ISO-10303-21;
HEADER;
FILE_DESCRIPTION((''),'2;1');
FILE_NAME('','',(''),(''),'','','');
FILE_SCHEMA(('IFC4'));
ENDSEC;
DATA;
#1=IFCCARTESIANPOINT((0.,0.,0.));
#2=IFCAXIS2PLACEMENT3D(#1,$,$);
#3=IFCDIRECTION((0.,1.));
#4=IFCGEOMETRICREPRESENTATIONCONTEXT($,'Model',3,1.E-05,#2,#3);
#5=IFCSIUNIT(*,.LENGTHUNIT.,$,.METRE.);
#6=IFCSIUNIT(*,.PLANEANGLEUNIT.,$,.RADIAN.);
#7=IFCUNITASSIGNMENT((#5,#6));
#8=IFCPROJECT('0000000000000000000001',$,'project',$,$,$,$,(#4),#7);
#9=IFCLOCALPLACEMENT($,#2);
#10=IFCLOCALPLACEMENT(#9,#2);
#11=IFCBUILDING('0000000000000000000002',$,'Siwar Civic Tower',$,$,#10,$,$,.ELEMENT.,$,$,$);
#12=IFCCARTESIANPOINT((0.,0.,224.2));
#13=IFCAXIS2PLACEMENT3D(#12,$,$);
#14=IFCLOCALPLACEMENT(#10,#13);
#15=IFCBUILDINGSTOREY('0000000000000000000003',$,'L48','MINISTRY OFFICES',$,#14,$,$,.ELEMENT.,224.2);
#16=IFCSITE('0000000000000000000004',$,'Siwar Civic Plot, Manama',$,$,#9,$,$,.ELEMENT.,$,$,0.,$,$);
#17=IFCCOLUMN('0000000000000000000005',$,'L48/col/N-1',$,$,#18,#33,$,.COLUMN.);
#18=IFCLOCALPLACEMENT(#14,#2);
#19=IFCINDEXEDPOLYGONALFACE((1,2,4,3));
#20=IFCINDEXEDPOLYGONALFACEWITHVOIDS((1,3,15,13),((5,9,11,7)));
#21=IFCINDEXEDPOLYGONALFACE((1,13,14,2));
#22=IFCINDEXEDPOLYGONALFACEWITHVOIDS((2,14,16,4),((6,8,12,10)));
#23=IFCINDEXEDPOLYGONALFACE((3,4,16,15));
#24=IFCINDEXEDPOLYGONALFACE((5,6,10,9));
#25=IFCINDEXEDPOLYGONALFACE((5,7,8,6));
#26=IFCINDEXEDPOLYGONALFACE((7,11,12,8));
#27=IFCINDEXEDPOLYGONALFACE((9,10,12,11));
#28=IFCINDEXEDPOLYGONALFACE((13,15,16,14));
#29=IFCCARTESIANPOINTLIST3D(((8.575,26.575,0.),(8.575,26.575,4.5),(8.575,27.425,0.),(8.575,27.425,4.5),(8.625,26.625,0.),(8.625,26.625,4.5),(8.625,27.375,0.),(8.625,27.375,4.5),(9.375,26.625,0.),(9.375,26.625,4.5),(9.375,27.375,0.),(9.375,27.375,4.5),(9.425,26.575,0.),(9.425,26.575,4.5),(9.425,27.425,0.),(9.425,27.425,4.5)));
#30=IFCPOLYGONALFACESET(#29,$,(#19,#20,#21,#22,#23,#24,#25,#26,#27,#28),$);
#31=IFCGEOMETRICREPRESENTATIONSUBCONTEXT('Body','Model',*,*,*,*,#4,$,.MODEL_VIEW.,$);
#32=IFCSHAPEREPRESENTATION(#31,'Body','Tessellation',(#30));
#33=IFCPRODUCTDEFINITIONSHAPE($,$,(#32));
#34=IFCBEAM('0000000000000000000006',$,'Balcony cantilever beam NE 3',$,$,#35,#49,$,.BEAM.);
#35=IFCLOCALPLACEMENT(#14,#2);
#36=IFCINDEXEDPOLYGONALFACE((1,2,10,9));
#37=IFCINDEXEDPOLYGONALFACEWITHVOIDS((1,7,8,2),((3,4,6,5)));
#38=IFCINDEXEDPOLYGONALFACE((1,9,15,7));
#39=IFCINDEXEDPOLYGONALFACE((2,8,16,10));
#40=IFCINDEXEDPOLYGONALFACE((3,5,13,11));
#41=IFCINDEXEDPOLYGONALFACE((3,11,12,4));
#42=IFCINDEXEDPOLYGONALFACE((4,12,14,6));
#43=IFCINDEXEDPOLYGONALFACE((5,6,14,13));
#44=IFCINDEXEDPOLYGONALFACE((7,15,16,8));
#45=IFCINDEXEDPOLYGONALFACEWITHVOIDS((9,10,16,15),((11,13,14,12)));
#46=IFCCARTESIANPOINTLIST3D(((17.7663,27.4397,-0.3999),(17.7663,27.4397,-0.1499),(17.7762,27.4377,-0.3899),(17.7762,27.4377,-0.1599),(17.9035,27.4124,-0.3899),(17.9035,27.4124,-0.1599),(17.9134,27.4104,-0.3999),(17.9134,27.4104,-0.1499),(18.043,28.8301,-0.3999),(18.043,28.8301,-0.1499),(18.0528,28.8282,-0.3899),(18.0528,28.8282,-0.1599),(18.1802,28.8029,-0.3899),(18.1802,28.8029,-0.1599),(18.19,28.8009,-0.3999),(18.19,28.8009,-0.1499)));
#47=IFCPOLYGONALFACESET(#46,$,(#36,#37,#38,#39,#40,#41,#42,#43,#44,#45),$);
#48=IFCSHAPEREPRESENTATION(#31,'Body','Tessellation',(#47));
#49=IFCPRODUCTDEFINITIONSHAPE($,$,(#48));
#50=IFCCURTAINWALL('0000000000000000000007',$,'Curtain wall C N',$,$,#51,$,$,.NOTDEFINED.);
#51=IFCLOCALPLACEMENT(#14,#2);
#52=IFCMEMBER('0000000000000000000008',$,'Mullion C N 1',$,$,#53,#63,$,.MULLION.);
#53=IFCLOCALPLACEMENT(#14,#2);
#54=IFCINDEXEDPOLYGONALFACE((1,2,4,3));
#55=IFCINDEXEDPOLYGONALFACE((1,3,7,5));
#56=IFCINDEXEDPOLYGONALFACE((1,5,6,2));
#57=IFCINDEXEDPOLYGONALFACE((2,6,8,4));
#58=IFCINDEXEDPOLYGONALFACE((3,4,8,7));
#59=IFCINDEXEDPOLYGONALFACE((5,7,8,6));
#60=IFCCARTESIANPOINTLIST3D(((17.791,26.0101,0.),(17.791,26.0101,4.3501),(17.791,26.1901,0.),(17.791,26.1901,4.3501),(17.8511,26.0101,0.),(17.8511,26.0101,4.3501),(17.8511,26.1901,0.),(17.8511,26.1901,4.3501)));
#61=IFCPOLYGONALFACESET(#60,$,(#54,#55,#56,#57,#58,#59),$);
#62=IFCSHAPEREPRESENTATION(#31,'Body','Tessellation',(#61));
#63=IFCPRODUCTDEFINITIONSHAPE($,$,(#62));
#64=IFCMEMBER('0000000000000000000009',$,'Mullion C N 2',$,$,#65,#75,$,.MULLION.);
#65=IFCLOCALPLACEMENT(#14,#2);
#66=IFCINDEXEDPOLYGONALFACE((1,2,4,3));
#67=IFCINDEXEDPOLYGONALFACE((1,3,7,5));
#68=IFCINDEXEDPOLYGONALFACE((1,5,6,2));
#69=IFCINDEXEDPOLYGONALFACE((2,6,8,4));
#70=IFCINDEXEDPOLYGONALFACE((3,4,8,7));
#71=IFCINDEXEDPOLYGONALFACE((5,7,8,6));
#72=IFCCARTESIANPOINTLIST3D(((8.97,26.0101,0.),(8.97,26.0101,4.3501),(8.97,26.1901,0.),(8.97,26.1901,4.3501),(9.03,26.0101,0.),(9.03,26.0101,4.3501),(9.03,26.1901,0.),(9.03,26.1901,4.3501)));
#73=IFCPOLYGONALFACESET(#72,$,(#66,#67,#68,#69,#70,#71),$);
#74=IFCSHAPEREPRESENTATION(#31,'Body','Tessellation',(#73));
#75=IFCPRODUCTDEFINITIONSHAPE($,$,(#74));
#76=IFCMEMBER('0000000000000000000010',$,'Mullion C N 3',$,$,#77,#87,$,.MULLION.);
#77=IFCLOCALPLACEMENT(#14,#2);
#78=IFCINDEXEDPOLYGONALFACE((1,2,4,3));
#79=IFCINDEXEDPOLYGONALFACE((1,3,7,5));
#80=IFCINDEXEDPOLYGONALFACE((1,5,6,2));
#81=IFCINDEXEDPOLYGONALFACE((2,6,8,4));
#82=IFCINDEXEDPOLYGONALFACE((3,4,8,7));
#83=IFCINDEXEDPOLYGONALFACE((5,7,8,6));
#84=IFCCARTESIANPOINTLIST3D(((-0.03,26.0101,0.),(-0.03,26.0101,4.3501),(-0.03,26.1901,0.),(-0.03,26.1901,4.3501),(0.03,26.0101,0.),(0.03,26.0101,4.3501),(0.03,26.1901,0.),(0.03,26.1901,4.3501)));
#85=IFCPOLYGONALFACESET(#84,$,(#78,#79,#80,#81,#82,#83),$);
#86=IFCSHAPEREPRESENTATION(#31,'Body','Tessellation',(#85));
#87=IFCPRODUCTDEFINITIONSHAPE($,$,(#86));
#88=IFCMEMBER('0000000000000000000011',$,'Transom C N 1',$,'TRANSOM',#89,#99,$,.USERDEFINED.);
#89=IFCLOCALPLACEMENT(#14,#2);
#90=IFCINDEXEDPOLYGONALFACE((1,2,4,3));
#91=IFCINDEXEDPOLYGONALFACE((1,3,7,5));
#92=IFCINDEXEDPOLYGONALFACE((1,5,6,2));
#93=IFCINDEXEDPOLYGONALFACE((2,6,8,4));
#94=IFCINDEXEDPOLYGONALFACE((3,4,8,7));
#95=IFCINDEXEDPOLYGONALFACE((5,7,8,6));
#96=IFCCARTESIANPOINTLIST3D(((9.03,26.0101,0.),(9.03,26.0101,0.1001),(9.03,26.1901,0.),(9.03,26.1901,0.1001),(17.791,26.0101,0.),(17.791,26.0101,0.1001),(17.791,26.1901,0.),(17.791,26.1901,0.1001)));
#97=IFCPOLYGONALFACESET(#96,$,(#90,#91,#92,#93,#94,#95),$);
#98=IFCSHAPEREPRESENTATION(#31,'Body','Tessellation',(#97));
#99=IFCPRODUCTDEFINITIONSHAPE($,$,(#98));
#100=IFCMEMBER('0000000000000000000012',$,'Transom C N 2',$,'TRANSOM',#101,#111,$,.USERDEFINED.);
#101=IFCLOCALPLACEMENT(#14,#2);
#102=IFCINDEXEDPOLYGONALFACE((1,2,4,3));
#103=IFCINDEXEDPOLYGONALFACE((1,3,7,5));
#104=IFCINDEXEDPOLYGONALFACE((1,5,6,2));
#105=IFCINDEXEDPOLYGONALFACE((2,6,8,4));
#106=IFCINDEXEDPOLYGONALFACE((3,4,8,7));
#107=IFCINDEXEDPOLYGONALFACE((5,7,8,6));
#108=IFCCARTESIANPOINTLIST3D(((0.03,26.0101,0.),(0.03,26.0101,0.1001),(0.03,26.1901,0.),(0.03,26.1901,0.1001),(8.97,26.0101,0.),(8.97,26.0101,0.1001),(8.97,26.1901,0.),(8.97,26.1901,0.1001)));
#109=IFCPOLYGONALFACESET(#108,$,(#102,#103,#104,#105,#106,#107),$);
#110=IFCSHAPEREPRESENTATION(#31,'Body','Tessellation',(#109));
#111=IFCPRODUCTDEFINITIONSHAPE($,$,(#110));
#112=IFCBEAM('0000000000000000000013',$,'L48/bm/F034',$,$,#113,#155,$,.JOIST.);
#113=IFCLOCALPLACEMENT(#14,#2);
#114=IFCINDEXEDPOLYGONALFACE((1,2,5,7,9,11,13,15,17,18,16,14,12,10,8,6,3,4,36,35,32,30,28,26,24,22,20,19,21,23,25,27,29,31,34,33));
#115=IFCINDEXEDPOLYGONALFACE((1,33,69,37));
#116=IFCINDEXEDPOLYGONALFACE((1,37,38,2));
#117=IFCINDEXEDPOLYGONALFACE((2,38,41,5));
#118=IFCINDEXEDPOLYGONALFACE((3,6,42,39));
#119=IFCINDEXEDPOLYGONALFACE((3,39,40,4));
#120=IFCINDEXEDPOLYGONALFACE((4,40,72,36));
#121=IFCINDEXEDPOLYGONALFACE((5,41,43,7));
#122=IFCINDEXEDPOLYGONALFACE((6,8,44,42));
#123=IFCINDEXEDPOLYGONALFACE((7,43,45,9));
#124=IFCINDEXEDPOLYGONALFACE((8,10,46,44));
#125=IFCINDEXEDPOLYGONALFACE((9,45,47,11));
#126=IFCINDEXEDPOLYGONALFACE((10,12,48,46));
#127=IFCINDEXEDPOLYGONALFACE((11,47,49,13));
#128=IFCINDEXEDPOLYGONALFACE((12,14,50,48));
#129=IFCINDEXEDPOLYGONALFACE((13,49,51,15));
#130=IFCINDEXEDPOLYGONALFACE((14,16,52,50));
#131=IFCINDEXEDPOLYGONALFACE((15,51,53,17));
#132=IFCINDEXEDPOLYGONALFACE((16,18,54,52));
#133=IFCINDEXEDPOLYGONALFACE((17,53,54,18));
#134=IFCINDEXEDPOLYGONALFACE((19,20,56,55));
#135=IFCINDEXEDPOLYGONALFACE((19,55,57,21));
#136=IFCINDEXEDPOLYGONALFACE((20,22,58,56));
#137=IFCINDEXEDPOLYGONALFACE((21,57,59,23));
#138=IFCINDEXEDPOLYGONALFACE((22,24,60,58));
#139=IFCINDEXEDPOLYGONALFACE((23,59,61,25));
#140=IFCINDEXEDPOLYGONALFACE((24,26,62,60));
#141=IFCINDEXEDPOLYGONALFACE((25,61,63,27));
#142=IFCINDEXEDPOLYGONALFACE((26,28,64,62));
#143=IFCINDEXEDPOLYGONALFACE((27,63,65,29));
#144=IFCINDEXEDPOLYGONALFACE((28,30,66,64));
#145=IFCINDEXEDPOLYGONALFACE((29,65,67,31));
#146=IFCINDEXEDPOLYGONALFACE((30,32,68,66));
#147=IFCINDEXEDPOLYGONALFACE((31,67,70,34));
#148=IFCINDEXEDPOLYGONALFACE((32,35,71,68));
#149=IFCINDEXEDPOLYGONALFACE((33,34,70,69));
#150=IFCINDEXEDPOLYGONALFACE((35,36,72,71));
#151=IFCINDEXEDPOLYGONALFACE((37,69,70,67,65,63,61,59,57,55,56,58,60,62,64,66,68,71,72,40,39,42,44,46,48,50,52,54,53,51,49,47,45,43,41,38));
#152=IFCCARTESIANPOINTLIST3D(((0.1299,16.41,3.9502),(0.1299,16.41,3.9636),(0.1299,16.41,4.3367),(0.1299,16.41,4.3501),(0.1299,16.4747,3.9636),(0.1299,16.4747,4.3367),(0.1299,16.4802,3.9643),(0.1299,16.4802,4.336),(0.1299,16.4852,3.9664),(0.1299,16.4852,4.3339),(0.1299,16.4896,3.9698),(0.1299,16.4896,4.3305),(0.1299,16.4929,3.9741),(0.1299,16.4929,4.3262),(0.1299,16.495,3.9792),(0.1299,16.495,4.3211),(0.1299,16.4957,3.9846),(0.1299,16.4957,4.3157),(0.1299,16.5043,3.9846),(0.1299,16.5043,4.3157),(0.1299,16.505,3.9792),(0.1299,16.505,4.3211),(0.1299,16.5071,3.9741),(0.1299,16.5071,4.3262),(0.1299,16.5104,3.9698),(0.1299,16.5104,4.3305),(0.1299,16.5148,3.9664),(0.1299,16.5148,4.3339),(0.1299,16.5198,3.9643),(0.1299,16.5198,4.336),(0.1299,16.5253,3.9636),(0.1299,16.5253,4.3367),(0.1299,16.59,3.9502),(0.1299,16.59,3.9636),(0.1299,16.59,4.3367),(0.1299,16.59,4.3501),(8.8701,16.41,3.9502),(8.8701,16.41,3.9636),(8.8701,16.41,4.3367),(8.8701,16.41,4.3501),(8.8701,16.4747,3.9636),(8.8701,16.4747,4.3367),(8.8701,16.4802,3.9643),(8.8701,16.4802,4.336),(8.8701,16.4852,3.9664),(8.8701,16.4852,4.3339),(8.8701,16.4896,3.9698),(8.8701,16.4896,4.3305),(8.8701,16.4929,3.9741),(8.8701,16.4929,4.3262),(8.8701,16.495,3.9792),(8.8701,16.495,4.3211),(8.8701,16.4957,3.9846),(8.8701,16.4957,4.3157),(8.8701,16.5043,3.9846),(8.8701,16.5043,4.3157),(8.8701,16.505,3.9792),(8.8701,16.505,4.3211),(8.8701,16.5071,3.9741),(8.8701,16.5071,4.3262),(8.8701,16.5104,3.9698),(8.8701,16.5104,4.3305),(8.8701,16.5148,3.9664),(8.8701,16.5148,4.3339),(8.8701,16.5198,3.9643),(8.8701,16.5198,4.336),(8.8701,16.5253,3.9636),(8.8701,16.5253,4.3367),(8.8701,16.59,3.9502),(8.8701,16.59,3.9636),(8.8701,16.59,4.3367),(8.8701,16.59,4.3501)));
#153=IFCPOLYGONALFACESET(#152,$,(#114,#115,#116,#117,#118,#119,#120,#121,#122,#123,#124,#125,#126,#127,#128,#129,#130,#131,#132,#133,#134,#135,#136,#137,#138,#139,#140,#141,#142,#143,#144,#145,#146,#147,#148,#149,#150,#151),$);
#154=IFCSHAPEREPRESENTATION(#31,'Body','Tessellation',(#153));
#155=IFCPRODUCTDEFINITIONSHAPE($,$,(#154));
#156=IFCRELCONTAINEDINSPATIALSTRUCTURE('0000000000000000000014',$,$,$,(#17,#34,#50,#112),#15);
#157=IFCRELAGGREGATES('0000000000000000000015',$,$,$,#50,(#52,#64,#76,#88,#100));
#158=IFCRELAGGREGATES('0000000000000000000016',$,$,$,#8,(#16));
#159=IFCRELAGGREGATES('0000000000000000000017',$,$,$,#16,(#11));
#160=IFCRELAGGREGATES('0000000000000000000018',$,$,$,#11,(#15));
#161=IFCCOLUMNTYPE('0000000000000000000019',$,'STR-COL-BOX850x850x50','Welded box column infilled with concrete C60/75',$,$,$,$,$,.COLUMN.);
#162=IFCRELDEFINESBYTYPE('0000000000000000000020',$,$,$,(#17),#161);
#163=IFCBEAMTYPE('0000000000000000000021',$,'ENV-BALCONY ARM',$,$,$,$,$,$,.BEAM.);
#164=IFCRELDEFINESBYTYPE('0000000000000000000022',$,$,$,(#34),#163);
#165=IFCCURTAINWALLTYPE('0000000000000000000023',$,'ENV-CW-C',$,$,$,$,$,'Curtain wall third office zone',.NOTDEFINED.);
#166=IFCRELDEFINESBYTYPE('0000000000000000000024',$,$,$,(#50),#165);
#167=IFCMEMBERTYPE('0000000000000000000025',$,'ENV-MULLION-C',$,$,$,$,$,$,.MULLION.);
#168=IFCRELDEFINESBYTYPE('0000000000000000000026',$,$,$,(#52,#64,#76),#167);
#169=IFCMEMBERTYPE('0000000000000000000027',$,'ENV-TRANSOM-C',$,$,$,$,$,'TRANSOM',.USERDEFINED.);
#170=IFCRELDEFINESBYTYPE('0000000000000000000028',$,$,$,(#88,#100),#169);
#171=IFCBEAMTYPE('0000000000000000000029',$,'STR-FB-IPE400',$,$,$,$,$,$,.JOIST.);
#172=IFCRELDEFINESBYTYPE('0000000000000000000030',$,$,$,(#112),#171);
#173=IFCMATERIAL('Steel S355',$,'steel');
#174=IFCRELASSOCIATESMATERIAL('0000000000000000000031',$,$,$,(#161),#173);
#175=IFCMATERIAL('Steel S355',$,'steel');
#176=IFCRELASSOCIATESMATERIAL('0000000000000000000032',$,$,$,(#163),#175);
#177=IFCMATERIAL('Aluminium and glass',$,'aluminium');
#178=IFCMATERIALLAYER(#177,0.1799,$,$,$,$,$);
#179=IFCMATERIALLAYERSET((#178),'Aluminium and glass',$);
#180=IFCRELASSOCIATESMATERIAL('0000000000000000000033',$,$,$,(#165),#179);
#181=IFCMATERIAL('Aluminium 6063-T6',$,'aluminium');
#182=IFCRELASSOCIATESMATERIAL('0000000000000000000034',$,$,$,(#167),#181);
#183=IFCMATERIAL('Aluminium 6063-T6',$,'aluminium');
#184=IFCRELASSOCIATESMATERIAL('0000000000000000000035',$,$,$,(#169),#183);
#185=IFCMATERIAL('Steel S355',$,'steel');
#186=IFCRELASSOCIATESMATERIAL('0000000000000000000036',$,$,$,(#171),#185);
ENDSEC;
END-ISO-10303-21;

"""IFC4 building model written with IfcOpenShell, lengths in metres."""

from ifc_helpers import new_model, si_unit, direction, frame, origin, origin_2d, place, context, subcontext, project, spatial, rectangle, hollow_rectangle, i_section, extrude, material, layer, layer_set, material_profile, profile_set, type_object, element, aggregate, save


model = new_model("IFC4")

# Units and contexts
model_context = context("Model", 3, precision=1e-05, world=origin(), true_north=direction((0.0, 1.0)))
body_context = subcontext(model_context, "Body", "Model", "MODEL_VIEW")
ifc_project = project(units=[si_unit("LENGTHUNIT", "METRE"), si_unit("PLANEANGLEUNIT", "RADIAN")], contexts=[model_context])

# Site, building, storey
site_placement = place(None, origin())
site = spatial("IfcSite", under=ifc_project, at=site_placement, Name="Siwar Civic Plot, Manama", CompositionType="ELEMENT", RefElevation=0.0)
building_placement = place(site_placement, origin())
building = spatial("IfcBuilding", under=site, at=building_placement, Name="Siwar Civic Tower", CompositionType="ELEMENT")
storey_placement = place(building_placement, frame((0.0, 0.0, 224.2)))
storey = spatial("IfcBuildingStorey", under=building, at=storey_placement, Name="L48", Description="MINISTRY OFFICES", CompositionType="ELEMENT", Elevation=224.2)

# Column
ifc_material_1 = material(Name="Steel S355", Category="steel")
ifc_material_profile_1 = material_profile(ifc_material_1, hollow_rectangle(XDim=0.8501, YDim=0.8501, WallThickness=0.05, at=origin_2d()), Name="BOX850x850x50")
ifc_profile_set_1 = profile_set([ifc_material_profile_1], Name="Steel S355")
column_type = type_object("IfcColumnType", Name="STR-COL-BOX850x850x50", Description="Welded box column infilled with concrete C60/75", PredefinedType="COLUMN", material=ifc_profile_set_1)
column_placement = place(storey_placement, frame((9.0, 27.0, 0.0), z_axis=(0.0, 0.0, 1.0), x_axis=(1.0, 0.0, 0.0)))
element("IfcColumn", 1, at=column_placement, inside=storey, type_object=column_type, Name="L48/col/N-1", PredefinedType="COLUMN", context=body_context, shape_type="SweptSolid", body=[
    extrude(hollow_rectangle(XDim=0.8501, YDim=0.8501, WallThickness=0.05, at=origin_2d()), origin(), (0.0, 0.0, 1.0), 4.5),
])

# Beam
ifc_material_2 = material(Name="Steel S355", Category="steel")
ifc_material_profile_2 = material_profile(ifc_material_2, hollow_rectangle(XDim=0.1499, YDim=0.25, WallThickness=0.01, at=origin_2d()), Name="RHS250x150x10")
ifc_profile_set_2 = profile_set([ifc_material_profile_2], Name="Steel S355")
beam_type_1 = type_object("IfcBeamType", Name="ENV-BALCONY ARM", PredefinedType="BEAM", material=ifc_profile_set_2)
beam_1_placement = place(storey_placement, frame((17.8398, 27.425, -0.2749), z_axis=(0.195122, 0.980779, 0.0), x_axis=(-0.980779, 0.195122, 0.0)))
element("IfcBeam", 2, at=beam_1_placement, inside=storey, type_object=beam_type_1, Name="Balcony cantilever beam NE 3", PredefinedType="BEAM", context=body_context, shape_type="SweptSolid", body=[
    extrude(hollow_rectangle(XDim=0.1499, YDim=0.25, WallThickness=0.01, at=origin_2d()), origin(), (0.0, 0.0, 1.0), 1.4177),
])

# Curtain wall, members
ifc_material_3 = material(Name="Aluminium and glass", Category="aluminium")
ifc_layer_1 = layer(ifc_material_3, 0.1799)
ifc_layer_set_1 = layer_set([ifc_layer_1], Name="Aluminium and glass")
curtain_wall_type = type_object("IfcCurtainWallType", Name="ENV-CW-C", ElementType="Curtain wall third office zone", PredefinedType="NOTDEFINED", material=ifc_layer_set_1)
curtain_wall_placement = place(storey_placement, origin())
curtain_wall = element("IfcCurtainWall", 3, at=curtain_wall_placement, inside=storey, type_object=curtain_wall_type, Name="Curtain wall C N", PredefinedType="NOTDEFINED")
ifc_material_4 = material(Name="Aluminium 6063-T6", Category="aluminium")
ifc_material_profile_3 = material_profile(ifc_material_4, rectangle(XDim=0.1799, YDim=0.0601, at=origin_2d()), Name="AL 180x60")
ifc_profile_set_3 = profile_set([ifc_material_profile_3], Name="Aluminium 6063-T6")
member_type_1 = type_object("IfcMemberType", Name="ENV-MULLION-C", PredefinedType="MULLION", material=ifc_profile_set_3)
member_1_placement = place(storey_placement, frame((17.821, 26.1001, 0.0), z_axis=(0.0, 0.0, 1.0), x_axis=(0.0, -1.0, 0.0)))
member_1 = element("IfcMember", 4, at=member_1_placement, type_object=member_type_1, Name="Mullion C N 1", PredefinedType="MULLION", context=body_context, shape_type="SweptSolid", body=[
    extrude(rectangle(XDim=0.1799, YDim=0.0601, at=origin_2d()), origin(), (0.0, 0.0, 1.0), 4.3501),
])
member_2_placement = place(storey_placement, frame((9.0, 26.1001, 0.0), z_axis=(0.0, 0.0, 1.0), x_axis=(0.0, -1.0, 0.0)))
member_2 = element("IfcMember", 5, at=member_2_placement, type_object=member_type_1, Name="Mullion C N 2", PredefinedType="MULLION", context=body_context, shape_type="SweptSolid", body=[
    extrude(rectangle(XDim=0.1799, YDim=0.0601, at=origin_2d()), origin(), (0.0, 0.0, 1.0), 4.3501),
])
member_3_placement = place(storey_placement, frame((0.0, 26.1001, 0.0), z_axis=(0.0, 0.0, 1.0), x_axis=(0.0, -1.0, 0.0)))
member_3 = element("IfcMember", 6, at=member_3_placement, type_object=member_type_1, Name="Mullion C N 3", PredefinedType="MULLION", context=body_context, shape_type="SweptSolid", body=[
    extrude(rectangle(XDim=0.1799, YDim=0.0601, at=origin_2d()), origin(), (0.0, 0.0, 1.0), 4.3501),
])
ifc_material_5 = material(Name="Aluminium 6063-T6", Category="aluminium")
ifc_material_profile_4 = material_profile(ifc_material_5, rectangle(XDim=0.1799, YDim=0.1001, at=origin_2d()), Name="AL 180x100")
ifc_profile_set_4 = profile_set([ifc_material_profile_4], Name="Aluminium 6063-T6")
member_type_2 = type_object("IfcMemberType", Name="ENV-TRANSOM-C", ElementType="TRANSOM", PredefinedType="USERDEFINED", material=ifc_profile_set_4)
member_4_placement = place(storey_placement, frame((17.791, 26.1001, 0.05), z_axis=(-1.0, 0.0, 0.0), x_axis=(0.0, -1.0, 0.0)))
member_4 = element("IfcMember", 7, at=member_4_placement, type_object=member_type_2, Name="Transom C N 1", ObjectType="TRANSOM", PredefinedType="USERDEFINED", context=body_context, shape_type="SweptSolid", body=[
    extrude(rectangle(XDim=0.1799, YDim=0.1001, at=origin_2d()), origin(), (0.0, 0.0, 1.0), 8.761),
])
member_5_placement = place(storey_placement, frame((8.97, 26.1001, 0.05), z_axis=(-1.0, 0.0, 0.0), x_axis=(0.0, -1.0, 0.0)))
member_5 = element("IfcMember", 8, at=member_5_placement, type_object=member_type_2, Name="Transom C N 2", ObjectType="TRANSOM", PredefinedType="USERDEFINED", context=body_context, shape_type="SweptSolid", body=[
    extrude(rectangle(XDim=0.1799, YDim=0.1001, at=origin_2d()), origin(), (0.0, 0.0, 1.0), 8.9399),
])

# Beam
ifc_material_6 = material(Name="Steel S355", Category="steel")
ifc_material_profile_5 = material_profile(ifc_material_6, i_section(OverallWidth=0.1799, OverallDepth=0.3999, WebThickness=0.0085, FlangeThickness=0.0134, FilletRadius=0.021, at=origin_2d()), Name="IPE400")
ifc_profile_set_5 = profile_set([ifc_material_profile_5], Name="Steel S355")
beam_type_2 = type_object("IfcBeamType", Name="STR-FB-IPE400", PredefinedType="JOIST", material=ifc_profile_set_5)
for number, where, z_axis, x_axis, name in (
    (9, (0.1299, 16.5, 4.1501), (1.0, 0.0, 0.0), (0.0, 1.0, 0.0), "L48/bm/F034"),
):
    element("IfcBeam", number, at=place(storey_placement, frame(where, z_axis=z_axis, x_axis=x_axis)), inside=storey, type_object=beam_type_2, Name=name, PredefinedType="JOIST", context=body_context, shape_type="SweptSolid", body=[
        extrude(i_section(OverallWidth=0.1799, OverallDepth=0.3999, WebThickness=0.0085, FlangeThickness=0.0134, FilletRadius=0.021, at=origin_2d()), origin(), (0.0, 0.0, 1.0), 8.7402),
    ])

aggregate(curtain_wall, [member_1, member_2, member_3, member_4, member_5])

save(model, "model.ifc")
